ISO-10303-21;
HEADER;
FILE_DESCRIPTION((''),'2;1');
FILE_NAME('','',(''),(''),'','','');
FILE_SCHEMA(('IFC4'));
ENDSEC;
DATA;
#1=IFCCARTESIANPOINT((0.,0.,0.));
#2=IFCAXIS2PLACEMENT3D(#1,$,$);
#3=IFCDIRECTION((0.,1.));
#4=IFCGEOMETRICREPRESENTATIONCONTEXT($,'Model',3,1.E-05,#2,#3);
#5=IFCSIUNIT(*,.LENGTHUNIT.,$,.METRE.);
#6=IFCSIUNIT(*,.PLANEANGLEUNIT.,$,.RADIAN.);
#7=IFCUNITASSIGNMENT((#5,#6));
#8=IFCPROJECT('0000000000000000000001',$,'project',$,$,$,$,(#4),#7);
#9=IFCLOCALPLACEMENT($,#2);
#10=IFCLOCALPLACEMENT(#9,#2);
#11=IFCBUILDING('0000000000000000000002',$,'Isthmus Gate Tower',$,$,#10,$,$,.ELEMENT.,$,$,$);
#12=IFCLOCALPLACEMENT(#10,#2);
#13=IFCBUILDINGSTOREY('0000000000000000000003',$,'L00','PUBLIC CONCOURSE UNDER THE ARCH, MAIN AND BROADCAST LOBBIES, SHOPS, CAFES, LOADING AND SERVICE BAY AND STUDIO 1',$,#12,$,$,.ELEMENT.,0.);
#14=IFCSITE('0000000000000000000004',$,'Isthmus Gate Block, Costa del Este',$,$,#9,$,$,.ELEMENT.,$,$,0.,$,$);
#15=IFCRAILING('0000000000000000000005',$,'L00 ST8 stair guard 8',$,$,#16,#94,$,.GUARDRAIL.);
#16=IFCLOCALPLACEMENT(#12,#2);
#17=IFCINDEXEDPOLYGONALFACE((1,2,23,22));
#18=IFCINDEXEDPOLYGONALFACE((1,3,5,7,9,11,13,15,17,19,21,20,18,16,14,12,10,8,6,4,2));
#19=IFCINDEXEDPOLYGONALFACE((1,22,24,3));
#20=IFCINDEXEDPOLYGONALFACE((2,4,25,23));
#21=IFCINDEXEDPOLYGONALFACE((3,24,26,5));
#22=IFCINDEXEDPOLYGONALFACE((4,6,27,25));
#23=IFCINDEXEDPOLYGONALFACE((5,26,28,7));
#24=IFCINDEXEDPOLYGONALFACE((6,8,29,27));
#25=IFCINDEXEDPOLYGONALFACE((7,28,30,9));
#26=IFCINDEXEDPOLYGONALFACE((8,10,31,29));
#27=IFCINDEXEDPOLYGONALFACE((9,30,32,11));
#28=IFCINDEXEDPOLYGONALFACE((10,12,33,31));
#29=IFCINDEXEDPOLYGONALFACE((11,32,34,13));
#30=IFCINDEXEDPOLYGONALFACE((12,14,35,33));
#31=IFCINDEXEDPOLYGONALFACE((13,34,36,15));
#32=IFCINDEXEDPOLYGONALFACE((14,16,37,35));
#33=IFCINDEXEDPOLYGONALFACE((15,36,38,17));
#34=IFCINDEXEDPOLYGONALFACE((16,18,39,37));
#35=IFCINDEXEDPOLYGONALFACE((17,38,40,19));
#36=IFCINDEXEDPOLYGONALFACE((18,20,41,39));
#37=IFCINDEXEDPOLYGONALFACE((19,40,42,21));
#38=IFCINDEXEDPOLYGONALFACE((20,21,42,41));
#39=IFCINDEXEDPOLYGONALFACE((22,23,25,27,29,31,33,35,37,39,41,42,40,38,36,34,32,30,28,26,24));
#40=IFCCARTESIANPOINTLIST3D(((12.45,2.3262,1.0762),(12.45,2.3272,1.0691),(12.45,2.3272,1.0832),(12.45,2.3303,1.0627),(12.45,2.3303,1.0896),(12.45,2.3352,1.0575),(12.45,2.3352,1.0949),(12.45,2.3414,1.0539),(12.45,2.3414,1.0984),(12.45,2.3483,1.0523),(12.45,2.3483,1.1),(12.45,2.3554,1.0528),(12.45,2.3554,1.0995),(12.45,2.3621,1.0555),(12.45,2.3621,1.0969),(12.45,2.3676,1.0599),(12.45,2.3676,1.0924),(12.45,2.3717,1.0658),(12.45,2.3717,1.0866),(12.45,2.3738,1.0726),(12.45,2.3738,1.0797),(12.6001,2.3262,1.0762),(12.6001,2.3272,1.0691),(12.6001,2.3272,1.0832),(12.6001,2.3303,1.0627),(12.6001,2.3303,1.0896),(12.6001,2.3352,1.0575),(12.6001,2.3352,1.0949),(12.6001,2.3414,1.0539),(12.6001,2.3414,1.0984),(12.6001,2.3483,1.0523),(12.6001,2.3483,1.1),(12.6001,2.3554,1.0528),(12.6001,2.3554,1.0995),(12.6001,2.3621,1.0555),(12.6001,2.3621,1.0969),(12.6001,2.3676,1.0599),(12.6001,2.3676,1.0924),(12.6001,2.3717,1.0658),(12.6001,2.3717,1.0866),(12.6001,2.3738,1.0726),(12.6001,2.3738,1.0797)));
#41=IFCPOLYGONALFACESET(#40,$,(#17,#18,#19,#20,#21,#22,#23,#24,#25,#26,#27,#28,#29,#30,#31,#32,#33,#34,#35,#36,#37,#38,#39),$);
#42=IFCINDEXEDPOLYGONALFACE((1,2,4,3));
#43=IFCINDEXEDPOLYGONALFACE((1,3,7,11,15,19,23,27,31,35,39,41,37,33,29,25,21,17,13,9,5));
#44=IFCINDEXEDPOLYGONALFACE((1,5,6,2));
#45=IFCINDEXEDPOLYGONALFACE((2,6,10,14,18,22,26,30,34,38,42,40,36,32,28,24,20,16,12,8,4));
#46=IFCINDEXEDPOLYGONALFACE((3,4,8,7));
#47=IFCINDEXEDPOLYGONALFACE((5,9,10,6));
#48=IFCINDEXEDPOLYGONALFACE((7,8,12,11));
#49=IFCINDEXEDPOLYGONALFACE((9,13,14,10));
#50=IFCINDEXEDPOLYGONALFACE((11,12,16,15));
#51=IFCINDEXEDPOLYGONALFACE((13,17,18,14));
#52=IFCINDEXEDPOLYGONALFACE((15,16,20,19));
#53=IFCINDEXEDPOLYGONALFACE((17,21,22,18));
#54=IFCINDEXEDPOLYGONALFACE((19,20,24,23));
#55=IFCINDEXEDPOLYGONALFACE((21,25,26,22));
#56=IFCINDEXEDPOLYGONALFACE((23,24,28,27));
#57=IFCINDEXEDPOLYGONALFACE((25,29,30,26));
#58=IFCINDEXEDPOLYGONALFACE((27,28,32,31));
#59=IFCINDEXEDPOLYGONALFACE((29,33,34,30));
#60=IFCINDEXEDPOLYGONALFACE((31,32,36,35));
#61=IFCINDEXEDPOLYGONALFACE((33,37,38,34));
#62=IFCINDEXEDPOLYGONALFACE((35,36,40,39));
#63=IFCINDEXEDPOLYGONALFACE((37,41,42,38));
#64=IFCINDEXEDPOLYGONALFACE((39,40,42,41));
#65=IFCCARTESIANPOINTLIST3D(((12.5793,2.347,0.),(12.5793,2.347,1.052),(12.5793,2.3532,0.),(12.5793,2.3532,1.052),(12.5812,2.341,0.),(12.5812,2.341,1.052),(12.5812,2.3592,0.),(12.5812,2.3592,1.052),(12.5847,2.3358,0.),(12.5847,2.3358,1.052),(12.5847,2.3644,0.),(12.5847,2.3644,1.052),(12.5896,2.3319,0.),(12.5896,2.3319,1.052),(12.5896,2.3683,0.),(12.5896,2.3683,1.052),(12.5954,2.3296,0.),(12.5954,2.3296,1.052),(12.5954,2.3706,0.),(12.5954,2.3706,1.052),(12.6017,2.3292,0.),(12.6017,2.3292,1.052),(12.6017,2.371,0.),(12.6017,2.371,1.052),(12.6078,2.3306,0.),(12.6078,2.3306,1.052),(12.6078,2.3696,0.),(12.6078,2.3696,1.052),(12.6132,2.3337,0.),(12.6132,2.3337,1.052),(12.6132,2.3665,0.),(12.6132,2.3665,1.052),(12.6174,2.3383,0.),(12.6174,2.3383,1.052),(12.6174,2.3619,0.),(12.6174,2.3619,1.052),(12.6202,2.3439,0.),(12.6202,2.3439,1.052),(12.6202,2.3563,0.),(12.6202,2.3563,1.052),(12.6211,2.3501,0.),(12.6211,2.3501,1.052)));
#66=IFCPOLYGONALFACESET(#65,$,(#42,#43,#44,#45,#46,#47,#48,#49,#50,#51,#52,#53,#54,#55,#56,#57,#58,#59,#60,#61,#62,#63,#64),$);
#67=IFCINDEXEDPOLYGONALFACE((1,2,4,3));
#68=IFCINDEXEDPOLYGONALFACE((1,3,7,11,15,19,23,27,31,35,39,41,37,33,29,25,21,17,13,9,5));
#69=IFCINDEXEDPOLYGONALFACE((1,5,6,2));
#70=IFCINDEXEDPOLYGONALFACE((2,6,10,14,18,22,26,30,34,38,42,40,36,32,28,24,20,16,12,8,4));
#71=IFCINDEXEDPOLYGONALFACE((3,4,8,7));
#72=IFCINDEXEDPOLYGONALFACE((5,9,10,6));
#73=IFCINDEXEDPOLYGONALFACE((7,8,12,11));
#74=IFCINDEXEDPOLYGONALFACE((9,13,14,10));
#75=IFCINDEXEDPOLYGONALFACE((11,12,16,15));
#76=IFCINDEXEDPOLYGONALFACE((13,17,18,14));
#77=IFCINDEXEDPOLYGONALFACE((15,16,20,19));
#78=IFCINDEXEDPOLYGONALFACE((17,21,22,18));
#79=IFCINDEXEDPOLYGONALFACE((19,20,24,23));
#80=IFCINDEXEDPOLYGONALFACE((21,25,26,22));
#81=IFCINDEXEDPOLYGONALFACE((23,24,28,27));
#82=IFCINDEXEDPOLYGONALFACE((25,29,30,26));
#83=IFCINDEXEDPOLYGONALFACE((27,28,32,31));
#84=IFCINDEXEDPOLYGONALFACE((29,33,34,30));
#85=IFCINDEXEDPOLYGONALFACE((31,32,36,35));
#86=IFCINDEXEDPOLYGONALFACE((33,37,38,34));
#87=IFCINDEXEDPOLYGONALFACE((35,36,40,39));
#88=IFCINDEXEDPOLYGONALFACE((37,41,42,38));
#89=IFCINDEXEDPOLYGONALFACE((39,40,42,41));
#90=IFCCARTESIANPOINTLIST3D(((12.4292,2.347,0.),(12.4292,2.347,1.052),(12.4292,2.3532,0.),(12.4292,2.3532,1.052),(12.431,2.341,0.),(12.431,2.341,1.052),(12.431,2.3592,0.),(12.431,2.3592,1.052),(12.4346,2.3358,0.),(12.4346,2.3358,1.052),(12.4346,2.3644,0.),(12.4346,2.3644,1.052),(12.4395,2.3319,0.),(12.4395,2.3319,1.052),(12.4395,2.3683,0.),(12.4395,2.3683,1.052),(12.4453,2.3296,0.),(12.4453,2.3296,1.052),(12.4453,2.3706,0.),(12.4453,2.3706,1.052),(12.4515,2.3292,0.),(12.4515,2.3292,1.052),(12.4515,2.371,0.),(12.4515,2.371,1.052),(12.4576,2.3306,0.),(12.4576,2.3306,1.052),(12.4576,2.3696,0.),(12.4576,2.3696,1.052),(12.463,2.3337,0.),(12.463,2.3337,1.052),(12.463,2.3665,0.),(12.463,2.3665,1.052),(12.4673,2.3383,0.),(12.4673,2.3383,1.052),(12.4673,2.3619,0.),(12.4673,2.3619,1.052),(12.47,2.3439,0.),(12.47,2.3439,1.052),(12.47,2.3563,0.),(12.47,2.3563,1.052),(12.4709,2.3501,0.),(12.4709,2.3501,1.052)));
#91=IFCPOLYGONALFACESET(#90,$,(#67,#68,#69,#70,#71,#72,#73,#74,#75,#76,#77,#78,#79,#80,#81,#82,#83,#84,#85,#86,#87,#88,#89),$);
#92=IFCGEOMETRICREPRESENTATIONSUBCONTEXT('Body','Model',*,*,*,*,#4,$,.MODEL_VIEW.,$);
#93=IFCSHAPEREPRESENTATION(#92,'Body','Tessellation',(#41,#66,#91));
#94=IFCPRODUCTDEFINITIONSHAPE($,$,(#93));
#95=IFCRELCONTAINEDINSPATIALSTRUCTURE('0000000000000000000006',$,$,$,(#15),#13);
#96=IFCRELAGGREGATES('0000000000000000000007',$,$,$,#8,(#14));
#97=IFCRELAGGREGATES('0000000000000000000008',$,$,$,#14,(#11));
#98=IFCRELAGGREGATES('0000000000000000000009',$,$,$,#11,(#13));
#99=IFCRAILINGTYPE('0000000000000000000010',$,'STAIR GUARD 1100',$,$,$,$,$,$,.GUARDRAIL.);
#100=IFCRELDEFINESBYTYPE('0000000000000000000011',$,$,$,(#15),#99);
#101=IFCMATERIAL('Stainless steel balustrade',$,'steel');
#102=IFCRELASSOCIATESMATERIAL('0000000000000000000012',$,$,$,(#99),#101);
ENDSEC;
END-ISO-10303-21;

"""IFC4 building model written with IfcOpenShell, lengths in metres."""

from ifc_helpers import new_model, si_unit, direction, frame, origin, origin_2d, place, context, subcontext, project, spatial, circle, extrude, material, type_object, element, save


model = new_model("IFC4")

# Units and contexts
model_context = context("Model", 3, precision=1e-05, world=origin(), true_north=direction((0.0, 1.0)))
body_context = subcontext(model_context, "Body", "Model", "MODEL_VIEW")
ifc_project = project(units=[si_unit("LENGTHUNIT", "METRE"), si_unit("PLANEANGLEUNIT", "RADIAN")], contexts=[model_context])

# Site, building, storey
site_placement = place(None, origin())
site = spatial("IfcSite", under=ifc_project, at=site_placement, Name="Isthmus Gate Block, Costa del Este", CompositionType="ELEMENT", RefElevation=0.0)
building_placement = place(site_placement, origin())
building = spatial("IfcBuilding", under=site, at=building_placement, Name="Isthmus Gate Tower", CompositionType="ELEMENT")
storey_placement = place(building_placement, origin())
storey = spatial("IfcBuildingStorey", under=building, at=storey_placement, Name="L00", Description="PUBLIC CONCOURSE UNDER THE ARCH, MAIN AND BROADCAST LOBBIES, SHOPS, CAFES, LOADING AND SERVICE BAY AND STUDIO 1", CompositionType="ELEMENT", Elevation=0.0)

# Railing
ifc_material_1 = material(Name="Stainless steel balustrade", Category="steel")
railing_type = type_object("IfcRailingType", Name="STAIR GUARD 1100", PredefinedType="GUARDRAIL", material=ifc_material_1)
for number, where, name in (
    (1, (12.6001, 2.3501, 0.0), "L00 ST8 stair guard 8"),
):
    element("IfcRailing", number, at=place(storey_placement, frame(where)), inside=storey, type_object=railing_type, Name=name, PredefinedType="GUARDRAIL", context=body_context, shape_type="SweptSolid", body=[
        extrude(circle(Radius=0.0239, at=origin_2d()), frame((0.0, 0.0, 1.0762), z_axis=(-1.0, 0.0, 0.0), x_axis=(0.0, -1.0, 0.0)), (0.0, 0.0, 1.0), 0.1501),
        extrude(circle(Radius=0.021, at=origin_2d()), origin(), (0.0, 0.0, 1.0), 1.052),
        extrude(circle(Radius=0.021, at=origin_2d()), frame((-0.1501, 0.0, 0.0)), (0.0, 0.0, 1.0), 1.052),
    ])

save(model, "model.ifc")
